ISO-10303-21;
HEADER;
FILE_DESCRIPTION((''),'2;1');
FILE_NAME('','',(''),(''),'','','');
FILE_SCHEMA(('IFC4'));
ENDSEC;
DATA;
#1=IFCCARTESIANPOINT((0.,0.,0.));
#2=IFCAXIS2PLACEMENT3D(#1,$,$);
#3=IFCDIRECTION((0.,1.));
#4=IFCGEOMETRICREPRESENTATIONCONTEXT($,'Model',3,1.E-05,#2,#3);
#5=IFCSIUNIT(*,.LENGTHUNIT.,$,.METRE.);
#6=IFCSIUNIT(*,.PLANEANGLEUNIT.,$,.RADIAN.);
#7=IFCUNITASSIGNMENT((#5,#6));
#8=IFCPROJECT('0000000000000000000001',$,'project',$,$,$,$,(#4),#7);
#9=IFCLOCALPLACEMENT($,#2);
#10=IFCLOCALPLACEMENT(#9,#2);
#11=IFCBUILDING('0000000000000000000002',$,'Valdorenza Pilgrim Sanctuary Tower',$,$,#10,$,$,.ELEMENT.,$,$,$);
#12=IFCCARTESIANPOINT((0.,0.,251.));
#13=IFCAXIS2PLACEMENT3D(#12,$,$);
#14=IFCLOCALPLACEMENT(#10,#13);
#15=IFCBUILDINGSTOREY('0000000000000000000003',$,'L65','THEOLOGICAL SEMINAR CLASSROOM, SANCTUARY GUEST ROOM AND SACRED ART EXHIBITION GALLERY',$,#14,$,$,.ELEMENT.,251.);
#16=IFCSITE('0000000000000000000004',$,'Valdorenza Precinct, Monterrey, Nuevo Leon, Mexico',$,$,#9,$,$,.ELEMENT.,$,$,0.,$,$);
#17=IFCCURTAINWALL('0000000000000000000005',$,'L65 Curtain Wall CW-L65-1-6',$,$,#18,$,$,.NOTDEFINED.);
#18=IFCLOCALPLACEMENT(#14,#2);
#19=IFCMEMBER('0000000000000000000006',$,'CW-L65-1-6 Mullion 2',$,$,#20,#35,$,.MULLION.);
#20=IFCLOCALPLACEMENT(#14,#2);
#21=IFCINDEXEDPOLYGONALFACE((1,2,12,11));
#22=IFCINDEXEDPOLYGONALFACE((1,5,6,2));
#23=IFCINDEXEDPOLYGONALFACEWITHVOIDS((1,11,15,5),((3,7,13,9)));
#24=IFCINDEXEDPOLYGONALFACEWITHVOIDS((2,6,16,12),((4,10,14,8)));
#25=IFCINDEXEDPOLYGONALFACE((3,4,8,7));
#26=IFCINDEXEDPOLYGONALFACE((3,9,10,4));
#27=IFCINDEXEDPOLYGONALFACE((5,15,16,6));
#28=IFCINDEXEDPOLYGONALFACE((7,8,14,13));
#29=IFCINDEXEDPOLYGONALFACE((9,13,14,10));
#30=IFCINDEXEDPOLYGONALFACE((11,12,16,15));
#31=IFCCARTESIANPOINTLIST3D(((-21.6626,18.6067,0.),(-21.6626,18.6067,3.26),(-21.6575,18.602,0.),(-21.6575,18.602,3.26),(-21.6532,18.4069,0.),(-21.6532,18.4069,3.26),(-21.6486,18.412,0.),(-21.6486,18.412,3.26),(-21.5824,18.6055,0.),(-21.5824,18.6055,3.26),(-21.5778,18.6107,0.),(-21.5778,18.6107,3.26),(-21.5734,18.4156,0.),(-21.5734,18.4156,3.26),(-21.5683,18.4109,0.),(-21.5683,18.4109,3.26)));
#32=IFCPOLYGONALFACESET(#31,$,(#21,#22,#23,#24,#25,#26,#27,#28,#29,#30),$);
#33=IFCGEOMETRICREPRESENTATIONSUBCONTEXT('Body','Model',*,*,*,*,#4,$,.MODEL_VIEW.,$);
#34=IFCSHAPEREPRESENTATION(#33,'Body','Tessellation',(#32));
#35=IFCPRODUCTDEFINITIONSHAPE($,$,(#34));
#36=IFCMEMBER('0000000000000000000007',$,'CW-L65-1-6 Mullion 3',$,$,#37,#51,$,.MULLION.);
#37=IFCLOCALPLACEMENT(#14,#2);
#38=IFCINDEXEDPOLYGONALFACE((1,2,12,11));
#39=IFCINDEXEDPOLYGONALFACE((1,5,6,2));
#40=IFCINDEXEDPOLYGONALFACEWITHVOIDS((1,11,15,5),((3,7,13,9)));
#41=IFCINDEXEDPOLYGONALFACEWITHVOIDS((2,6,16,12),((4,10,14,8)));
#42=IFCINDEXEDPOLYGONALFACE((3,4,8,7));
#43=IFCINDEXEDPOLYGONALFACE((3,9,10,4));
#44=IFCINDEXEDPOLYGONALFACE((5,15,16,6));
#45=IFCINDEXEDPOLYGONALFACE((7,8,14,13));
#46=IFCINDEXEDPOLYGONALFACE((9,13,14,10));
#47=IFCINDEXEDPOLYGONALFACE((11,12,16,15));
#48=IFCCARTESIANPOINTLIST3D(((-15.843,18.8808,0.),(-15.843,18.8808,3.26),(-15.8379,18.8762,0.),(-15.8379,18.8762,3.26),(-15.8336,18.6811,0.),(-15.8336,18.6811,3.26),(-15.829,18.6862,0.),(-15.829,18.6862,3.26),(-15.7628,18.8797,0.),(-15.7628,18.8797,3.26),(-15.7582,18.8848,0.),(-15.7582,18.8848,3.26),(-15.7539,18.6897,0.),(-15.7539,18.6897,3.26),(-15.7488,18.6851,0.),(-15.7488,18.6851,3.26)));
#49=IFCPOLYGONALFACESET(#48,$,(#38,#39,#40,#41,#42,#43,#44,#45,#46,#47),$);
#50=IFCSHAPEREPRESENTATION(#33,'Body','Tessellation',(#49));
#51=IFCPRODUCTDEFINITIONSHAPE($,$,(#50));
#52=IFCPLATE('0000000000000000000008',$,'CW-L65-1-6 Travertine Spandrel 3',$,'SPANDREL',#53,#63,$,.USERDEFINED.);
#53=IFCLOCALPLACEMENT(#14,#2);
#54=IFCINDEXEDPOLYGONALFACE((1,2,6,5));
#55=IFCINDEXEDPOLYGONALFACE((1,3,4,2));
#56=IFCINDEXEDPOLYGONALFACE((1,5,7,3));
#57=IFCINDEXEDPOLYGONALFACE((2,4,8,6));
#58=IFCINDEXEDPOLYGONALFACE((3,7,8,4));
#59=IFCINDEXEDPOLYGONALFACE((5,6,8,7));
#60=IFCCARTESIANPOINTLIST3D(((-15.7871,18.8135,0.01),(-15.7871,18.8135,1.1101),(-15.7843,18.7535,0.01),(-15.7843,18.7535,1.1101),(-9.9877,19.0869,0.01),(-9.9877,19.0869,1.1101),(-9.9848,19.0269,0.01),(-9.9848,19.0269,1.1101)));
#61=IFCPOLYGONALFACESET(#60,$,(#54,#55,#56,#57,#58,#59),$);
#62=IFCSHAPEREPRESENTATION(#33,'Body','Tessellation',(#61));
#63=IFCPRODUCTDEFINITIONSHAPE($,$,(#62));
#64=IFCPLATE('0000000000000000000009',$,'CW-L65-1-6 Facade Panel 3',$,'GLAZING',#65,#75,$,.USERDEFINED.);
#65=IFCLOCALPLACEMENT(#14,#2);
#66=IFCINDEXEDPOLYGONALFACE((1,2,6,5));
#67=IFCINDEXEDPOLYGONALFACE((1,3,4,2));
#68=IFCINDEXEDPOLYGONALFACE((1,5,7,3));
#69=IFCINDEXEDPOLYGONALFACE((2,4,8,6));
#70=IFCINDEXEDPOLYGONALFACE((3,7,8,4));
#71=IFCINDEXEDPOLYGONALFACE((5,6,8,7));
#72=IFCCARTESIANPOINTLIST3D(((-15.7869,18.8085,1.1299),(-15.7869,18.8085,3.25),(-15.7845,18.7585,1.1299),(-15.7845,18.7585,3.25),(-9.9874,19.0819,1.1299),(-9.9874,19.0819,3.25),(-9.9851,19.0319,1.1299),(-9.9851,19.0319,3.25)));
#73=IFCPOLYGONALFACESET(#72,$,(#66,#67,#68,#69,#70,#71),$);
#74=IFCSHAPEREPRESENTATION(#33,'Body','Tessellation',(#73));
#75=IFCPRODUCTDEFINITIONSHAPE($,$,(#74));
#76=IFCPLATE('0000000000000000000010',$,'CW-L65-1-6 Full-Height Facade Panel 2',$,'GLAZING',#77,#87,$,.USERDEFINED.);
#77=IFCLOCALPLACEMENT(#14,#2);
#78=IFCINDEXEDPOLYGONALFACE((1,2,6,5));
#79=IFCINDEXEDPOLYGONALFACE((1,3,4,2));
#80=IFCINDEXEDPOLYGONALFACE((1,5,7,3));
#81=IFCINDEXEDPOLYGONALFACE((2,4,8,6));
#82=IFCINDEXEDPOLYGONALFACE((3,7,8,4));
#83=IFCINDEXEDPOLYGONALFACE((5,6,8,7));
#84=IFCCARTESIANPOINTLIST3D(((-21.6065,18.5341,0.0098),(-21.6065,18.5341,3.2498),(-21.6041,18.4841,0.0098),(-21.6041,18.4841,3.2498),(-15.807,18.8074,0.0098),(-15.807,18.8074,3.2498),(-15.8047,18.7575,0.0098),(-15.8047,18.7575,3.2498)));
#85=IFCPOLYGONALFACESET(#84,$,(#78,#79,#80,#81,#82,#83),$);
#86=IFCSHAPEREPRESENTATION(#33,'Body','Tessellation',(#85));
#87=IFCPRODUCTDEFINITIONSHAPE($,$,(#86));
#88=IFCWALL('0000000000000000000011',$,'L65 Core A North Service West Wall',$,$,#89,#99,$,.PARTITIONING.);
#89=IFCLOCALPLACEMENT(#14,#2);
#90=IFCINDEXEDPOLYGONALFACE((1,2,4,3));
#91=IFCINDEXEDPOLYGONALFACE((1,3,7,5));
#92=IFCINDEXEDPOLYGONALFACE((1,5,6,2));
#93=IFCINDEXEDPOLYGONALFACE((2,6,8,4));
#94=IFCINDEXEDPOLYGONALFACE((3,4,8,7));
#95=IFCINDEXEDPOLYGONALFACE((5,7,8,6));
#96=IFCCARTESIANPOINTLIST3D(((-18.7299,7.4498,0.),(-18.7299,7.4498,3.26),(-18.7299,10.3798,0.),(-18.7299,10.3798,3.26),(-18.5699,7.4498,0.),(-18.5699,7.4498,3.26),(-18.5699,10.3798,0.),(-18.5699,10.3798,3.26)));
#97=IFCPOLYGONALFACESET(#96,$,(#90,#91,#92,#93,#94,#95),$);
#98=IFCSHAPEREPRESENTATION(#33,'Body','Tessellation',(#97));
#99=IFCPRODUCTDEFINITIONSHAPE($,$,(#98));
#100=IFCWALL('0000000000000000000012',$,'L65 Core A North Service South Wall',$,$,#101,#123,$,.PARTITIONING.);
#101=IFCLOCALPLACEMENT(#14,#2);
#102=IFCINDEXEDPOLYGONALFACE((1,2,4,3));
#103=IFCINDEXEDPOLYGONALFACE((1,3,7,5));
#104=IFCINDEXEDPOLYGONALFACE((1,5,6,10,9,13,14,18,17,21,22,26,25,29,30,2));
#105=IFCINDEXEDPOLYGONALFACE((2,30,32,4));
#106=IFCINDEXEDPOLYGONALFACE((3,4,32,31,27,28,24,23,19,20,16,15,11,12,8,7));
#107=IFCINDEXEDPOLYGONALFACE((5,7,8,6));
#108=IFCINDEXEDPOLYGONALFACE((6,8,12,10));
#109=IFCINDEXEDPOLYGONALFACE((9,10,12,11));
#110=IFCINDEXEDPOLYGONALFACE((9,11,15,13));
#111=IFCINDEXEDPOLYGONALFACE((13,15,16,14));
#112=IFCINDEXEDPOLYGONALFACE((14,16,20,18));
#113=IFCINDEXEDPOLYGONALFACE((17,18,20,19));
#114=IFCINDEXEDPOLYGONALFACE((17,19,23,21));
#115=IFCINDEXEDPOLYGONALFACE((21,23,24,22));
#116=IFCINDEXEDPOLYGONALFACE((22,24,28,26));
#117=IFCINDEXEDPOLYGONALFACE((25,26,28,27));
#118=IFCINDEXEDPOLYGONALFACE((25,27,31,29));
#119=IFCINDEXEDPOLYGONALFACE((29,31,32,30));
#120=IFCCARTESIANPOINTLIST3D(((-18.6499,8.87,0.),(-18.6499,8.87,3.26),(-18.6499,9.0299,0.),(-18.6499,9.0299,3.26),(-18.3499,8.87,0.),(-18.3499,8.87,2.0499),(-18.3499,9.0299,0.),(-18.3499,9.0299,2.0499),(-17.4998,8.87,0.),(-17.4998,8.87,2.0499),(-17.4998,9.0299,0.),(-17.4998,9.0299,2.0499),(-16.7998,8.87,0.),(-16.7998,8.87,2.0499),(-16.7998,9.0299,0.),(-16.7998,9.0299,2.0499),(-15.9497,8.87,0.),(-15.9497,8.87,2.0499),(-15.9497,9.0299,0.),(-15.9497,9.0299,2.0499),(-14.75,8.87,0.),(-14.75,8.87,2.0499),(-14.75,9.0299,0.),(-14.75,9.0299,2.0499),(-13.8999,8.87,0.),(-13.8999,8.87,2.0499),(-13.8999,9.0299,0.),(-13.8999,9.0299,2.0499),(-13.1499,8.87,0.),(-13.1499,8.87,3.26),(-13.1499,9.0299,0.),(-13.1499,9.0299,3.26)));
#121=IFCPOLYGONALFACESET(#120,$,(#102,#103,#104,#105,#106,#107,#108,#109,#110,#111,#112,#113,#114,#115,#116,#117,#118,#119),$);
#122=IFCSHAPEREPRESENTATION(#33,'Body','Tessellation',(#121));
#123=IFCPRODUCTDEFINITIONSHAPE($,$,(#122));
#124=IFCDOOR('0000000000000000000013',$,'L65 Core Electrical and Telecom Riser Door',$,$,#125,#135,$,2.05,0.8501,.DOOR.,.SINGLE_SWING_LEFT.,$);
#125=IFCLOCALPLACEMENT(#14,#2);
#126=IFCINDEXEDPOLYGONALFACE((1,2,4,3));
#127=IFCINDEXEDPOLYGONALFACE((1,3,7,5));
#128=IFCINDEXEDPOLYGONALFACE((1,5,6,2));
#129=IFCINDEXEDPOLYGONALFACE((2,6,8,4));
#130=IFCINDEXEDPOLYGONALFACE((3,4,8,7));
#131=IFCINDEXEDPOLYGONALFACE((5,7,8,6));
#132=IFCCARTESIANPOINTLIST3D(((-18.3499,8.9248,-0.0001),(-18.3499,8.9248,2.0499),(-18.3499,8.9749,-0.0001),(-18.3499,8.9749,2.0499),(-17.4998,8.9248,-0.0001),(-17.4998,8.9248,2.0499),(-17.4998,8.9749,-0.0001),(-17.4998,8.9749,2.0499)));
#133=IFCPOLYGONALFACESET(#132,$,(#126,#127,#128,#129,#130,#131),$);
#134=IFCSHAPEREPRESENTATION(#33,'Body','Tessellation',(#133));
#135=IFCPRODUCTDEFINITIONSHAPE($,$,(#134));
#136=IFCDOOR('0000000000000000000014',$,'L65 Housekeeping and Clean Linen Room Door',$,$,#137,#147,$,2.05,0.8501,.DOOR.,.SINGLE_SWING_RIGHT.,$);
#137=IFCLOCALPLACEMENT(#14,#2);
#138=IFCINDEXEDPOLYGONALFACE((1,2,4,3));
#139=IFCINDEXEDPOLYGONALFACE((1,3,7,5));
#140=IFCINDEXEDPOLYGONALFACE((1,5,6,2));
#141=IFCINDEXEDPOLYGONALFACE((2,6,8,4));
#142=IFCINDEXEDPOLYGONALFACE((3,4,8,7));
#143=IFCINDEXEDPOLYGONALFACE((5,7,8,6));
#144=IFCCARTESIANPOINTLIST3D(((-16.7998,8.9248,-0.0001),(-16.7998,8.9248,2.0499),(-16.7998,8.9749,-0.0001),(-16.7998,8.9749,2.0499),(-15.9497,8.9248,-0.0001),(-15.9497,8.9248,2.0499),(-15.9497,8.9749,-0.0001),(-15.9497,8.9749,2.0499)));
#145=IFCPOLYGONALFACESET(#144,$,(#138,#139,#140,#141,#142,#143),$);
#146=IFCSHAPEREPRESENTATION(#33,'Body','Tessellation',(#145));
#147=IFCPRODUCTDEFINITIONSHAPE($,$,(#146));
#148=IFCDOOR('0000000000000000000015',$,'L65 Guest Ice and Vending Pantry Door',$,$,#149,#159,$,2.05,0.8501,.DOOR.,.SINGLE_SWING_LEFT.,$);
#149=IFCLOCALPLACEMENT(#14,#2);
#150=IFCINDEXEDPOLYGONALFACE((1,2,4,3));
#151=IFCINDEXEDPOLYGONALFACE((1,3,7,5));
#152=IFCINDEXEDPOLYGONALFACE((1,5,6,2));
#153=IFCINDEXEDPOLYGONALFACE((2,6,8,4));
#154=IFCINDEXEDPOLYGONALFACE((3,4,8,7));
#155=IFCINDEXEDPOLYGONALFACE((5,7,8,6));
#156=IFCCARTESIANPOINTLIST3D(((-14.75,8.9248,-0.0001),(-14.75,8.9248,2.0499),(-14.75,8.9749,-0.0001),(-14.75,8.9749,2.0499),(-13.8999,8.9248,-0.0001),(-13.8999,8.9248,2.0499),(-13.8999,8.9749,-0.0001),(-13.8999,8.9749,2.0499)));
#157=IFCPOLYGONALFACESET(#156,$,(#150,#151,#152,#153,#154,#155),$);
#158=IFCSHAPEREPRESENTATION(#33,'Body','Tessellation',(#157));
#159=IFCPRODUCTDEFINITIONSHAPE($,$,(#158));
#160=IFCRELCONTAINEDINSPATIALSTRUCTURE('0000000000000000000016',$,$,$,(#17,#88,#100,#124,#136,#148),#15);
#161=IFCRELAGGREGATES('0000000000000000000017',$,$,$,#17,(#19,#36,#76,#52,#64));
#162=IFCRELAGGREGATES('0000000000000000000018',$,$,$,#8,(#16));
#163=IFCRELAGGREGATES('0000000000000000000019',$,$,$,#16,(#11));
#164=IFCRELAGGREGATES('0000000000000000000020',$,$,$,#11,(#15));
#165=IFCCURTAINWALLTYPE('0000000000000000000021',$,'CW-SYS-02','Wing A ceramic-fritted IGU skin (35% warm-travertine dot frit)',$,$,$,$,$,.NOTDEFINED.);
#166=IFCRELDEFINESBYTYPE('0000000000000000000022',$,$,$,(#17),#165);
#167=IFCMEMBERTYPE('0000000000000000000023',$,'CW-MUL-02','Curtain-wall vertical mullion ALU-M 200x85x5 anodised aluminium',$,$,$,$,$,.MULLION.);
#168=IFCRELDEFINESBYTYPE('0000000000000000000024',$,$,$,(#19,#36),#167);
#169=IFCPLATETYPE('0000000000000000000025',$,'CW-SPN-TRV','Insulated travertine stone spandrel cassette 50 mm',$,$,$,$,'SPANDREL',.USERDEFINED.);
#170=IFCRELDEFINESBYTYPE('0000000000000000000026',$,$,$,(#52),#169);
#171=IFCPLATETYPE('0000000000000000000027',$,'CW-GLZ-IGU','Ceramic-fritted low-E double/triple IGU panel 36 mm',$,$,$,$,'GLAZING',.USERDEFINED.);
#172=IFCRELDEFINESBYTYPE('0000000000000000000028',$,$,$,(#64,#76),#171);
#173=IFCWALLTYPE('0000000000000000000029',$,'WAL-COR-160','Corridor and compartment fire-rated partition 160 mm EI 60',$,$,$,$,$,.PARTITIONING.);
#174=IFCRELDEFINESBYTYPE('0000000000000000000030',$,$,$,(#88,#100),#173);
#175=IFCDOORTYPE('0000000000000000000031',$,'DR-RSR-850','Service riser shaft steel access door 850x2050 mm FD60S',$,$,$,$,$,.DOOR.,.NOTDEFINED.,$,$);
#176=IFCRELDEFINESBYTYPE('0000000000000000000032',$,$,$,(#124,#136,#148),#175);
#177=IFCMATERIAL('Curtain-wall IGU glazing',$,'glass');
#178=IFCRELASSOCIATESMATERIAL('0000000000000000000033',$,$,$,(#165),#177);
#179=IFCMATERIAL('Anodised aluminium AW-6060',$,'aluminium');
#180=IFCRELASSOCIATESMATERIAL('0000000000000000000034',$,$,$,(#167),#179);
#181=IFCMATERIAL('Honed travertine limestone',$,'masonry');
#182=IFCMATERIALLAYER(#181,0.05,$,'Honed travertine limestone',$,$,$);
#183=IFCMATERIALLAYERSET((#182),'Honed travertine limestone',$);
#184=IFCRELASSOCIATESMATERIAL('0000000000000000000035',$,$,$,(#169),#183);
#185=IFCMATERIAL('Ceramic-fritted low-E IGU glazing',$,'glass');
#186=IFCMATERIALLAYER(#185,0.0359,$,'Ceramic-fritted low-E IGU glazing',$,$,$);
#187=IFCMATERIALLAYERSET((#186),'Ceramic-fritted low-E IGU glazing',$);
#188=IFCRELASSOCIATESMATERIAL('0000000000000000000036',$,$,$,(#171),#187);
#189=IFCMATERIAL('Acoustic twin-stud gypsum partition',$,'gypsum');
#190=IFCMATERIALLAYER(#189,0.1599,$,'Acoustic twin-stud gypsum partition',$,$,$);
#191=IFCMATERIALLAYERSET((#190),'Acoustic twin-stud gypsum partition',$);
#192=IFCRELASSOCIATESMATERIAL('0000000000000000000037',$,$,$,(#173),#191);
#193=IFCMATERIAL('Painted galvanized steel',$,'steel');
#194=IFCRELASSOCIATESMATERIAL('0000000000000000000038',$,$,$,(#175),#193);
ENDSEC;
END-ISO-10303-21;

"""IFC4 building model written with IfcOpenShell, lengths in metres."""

from ifc_helpers import new_model, si_unit, direction, frame, frame_2d, origin, origin_2d, place, context, subcontext, project, spatial, rectangle, hollow_rectangle, extrude, source, transform, mapped, material, layer, layer_set, material_profile, profile_set, type_object, element, fill, aggregate, save


model = new_model("IFC4")

# Units and contexts
model_context = context("Model", 3, precision=1e-05, world=origin(), true_north=direction((0.0, 1.0)))
body_context = subcontext(model_context, "Body", "Model", "MODEL_VIEW")
ifc_project = project(units=[si_unit("LENGTHUNIT", "METRE"), si_unit("PLANEANGLEUNIT", "RADIAN")], contexts=[model_context])

# Site, building, storey
site_placement = place(None, origin())
site = spatial("IfcSite", under=ifc_project, at=site_placement, Name="Valdorenza Precinct, Monterrey, Nuevo Leon, Mexico", CompositionType="ELEMENT", RefElevation=0.0)
building_placement = place(site_placement, origin())
building = spatial("IfcBuilding", under=site, at=building_placement, Name="Valdorenza Pilgrim Sanctuary Tower", CompositionType="ELEMENT")
storey_placement = place(building_placement, frame((0.0, 0.0, 251.0)))
storey = spatial("IfcBuildingStorey", under=building, at=storey_placement, Name="L65", Description="THEOLOGICAL SEMINAR CLASSROOM, SANCTUARY GUEST ROOM AND SACRED ART EXHIBITION GALLERY", CompositionType="ELEMENT", Elevation=251.0)

# Curtain wall, members, plates
ifc_material_1 = material(Name="Curtain-wall IGU glazing", Category="glass")
curtain_wall_type = type_object("IfcCurtainWallType", Name="CW-SYS-02", Description="Wing A ceramic-fritted IGU skin (35% warm-travertine dot frit)", PredefinedType="NOTDEFINED", material=ifc_material_1)
curtain_wall_placement = place(storey_placement, origin())
curtain_wall = element("IfcCurtainWall", 1, at=curtain_wall_placement, inside=storey, type_object=curtain_wall_type, Name="L65 Curtain Wall CW-L65-1-6", PredefinedType="NOTDEFINED")
ifc_material_2 = material(Name="Anodised aluminium AW-6060", Category="aluminium")
ifc_material_profile = material_profile(ifc_material_2, hollow_rectangle(XDim=0.085, YDim=0.2, WallThickness=0.0049, at=origin_2d()), Name="ALU-M 200x85x5")
ifc_profile_set = profile_set([ifc_material_profile], Name="Anodised aluminium AW-6060")
member_type = type_object("IfcMemberType", Name="CW-MUL-02", Description="Curtain-wall vertical mullion ALU-M 200x85x5 anodised aluminium", PredefinedType="MULLION", material=ifc_profile_set)
shared_shape_1 = source(origin(), body_context, "Body", "SweptSolid", [
    extrude(hollow_rectangle(XDim=0.085, YDim=0.2, WallThickness=0.0049, at=origin_2d()), origin(), (0.0, 0.0, 1.0), 3.26),
])
member_1_placement = place(storey_placement, frame((-21.6155, 18.5088, 0.0), z_axis=(0.0, 0.0, 1.0), x_axis=(0.998891, 0.047089, 0.0)))
member_1 = element("IfcMember", 2, at=member_1_placement, type_object=member_type, Name="CW-L65-1-6 Mullion 2", PredefinedType="MULLION", context=body_context, shape_type="MappedRepresentation", body=[
    mapped(shared_shape_1, transform((0.0, 0.0, 0.0), x_axis=(1.0, 0.0, 0.0), y_axis=(0.0, 1.0, 0.0), z_axis=(0.0, 0.0, 1.0), scale=1.0)),
])
member_2_placement = place(storey_placement, frame((-15.7959, 18.783, 0.0), z_axis=(0.0, 0.0, 1.0), x_axis=(0.998891, 0.047089, 0.0)))
member_2 = element("IfcMember", 3, at=member_2_placement, type_object=member_type, Name="CW-L65-1-6 Mullion 3", PredefinedType="MULLION", context=body_context, shape_type="MappedRepresentation", body=[
    mapped(shared_shape_1, transform((0.0, 0.0, 0.0), x_axis=(1.0, 0.0, 0.0), y_axis=(0.0, 1.0, 0.0), z_axis=(0.0, 0.0, 1.0), scale=1.0)),
])
ifc_material_3 = material(Name="Honed travertine limestone", Category="masonry")
ifc_layer_1 = layer(ifc_material_3, 0.05, Name="Honed travertine limestone")
ifc_layer_set_1 = layer_set([ifc_layer_1], Name="Honed travertine limestone")
plate_type_1 = type_object("IfcPlateType", Name="CW-SPN-TRV", Description="Insulated travertine stone spandrel cassette 50 mm", ElementType="SPANDREL", PredefinedType="USERDEFINED", material=ifc_layer_set_1)
shared_shape_2 = source(origin(), body_context, "Body", "SweptSolid", [
    extrude(rectangle(XDim=5.8059, YDim=0.0601, at=origin_2d()), origin(), (0.0, 0.0, 1.0), 1.1001),
])
plate_1_placement = place(storey_placement, frame((-12.886, 18.9202, 0.01), z_axis=(0.0, 0.0, 1.0), x_axis=(0.998891, 0.047089, 0.0)))
plate_1 = element("IfcPlate", 4, at=plate_1_placement, type_object=plate_type_1, Name="CW-L65-1-6 Travertine Spandrel 3", ObjectType="SPANDREL", PredefinedType="USERDEFINED", context=body_context, shape_type="MappedRepresentation", body=[
    mapped(shared_shape_2, transform((0.0, 0.0, 0.0), x_axis=(1.0, 0.0, 0.0), y_axis=(0.0, 1.0, 0.0), z_axis=(0.0, 0.0, 1.0), scale=1.0)),
])
ifc_material_4 = material(Name="Ceramic-fritted low-E IGU glazing", Category="glass")
ifc_layer_2 = layer(ifc_material_4, 0.0359, Name="Ceramic-fritted low-E IGU glazing")
ifc_layer_set_2 = layer_set([ifc_layer_2], Name="Ceramic-fritted low-E IGU glazing")
plate_type_2 = type_object("IfcPlateType", Name="CW-GLZ-IGU", Description="Ceramic-fritted low-E double/triple IGU panel 36 mm", ElementType="GLAZING", PredefinedType="USERDEFINED", material=ifc_layer_set_2)
shared_shape_3 = source(origin(), body_context, "Body", "SweptSolid", [
    extrude(rectangle(XDim=5.8059, YDim=0.05, at=origin_2d()), origin(), (0.0, 0.0, 1.0), 2.1201),
])
plate_2_placement = place(storey_placement, frame((-12.886, 18.9202, 1.1299), z_axis=(0.0, 0.0, 1.0), x_axis=(0.998891, 0.047089, 0.0)))
plate_2 = element("IfcPlate", 5, at=plate_2_placement, type_object=plate_type_2, Name="CW-L65-1-6 Facade Panel 3", ObjectType="GLAZING", PredefinedType="USERDEFINED", context=body_context, shape_type="MappedRepresentation", body=[
    mapped(shared_shape_3, transform((0.0, 0.0, 0.0), x_axis=(1.0, 0.0, 0.0), y_axis=(0.0, 1.0, 0.0), z_axis=(0.0, 0.0, 1.0), scale=1.0)),
])
shared_shape_4 = source(origin(), body_context, "Body", "SweptSolid", [
    extrude(rectangle(XDim=5.8059, YDim=0.05, at=origin_2d()), origin(), (0.0, 0.0, 1.0), 3.24),
])
plate_3_placement = place(storey_placement, frame((-18.7056, 18.6458, 0.0098), z_axis=(0.0, 0.0, 1.0), x_axis=(0.998891, 0.047089, 0.0)))
plate_3 = element("IfcPlate", 6, at=plate_3_placement, type_object=plate_type_2, Name="CW-L65-1-6 Full-Height Facade Panel 2", ObjectType="GLAZING", PredefinedType="USERDEFINED", context=body_context, shape_type="MappedRepresentation", body=[
    mapped(shared_shape_4, transform((0.0, 0.0, 0.0), x_axis=(1.0, 0.0, 0.0), y_axis=(0.0, 1.0, 0.0), z_axis=(0.0, 0.0, 1.0), scale=1.0)),
])
aggregate(curtain_wall, [member_1, member_2, plate_3, plate_1, plate_2])

# Wall
ifc_material_5 = material(Name="Acoustic twin-stud gypsum partition", Category="gypsum")
ifc_layer_3 = layer(ifc_material_5, 0.1599, Name="Acoustic twin-stud gypsum partition")
ifc_layer_set_3 = layer_set([ifc_layer_3], Name="Acoustic twin-stud gypsum partition")
wall_type_1 = type_object("IfcWallType", Name="WAL-COR-160", Description="Corridor and compartment fire-rated partition 160 mm EI 60", PredefinedType="PARTITIONING", material=ifc_layer_set_3)
wall_1_placement = place(storey_placement, frame((-18.6499, 7.45, 0.0), z_axis=(0.0, 0.0, 1.0), x_axis=(0.0, 1.0, 0.0)))
element("IfcWall", 7, at=wall_1_placement, inside=storey, type_object=wall_type_1, Name="L65 Core A North Service West Wall", PredefinedType="PARTITIONING", context=body_context, shape_type="SweptSolid", body=[
    extrude(rectangle(XDim=2.9299, YDim=0.1599, at=frame_2d((1.4648, 0.0))), origin(), (0.0, 0.0, 1.0), 3.26),
])

# Wall, openings, doors
wall_2_placement = place(storey_placement, frame((-18.6499, 8.95, 0.0), z_axis=(0.0, 0.0, 1.0), x_axis=(1.0, 0.0, 0.0)))
wall_2 = element("IfcWall", 8, at=wall_2_placement, inside=storey, type_object=wall_type_1, Name="L65 Core A North Service South Wall", PredefinedType="PARTITIONING", context=body_context, shape_type="SweptSolid", body=[
    extrude(rectangle(XDim=5.5, YDim=0.1599, at=frame_2d((2.75, 0.0))), origin(), (0.0, 0.0, 1.0), 3.26),
])
opening_1_placement = place(wall_2_placement, frame((0.3, 0.0, 0.0)))
opening_1 = element("IfcOpeningElement", 9, at=opening_1_placement, cuts=wall_2, PredefinedType="OPENING", context=body_context, shape_type="SweptSolid", body=[
    extrude(rectangle(XDim=0.8501, YDim=2.05, at=frame_2d((0.425, 1.0249))), frame((0.0, 0.0947, 0.0), z_axis=(0.0, -1.0, 0.0), x_axis=(1.0, 0.0, 0.0)), (0.0, 0.0, 1.0), 0.1897),
])
opening_2_placement = place(wall_2_placement, frame((1.8501, 0.0, 0.0)))
opening_2 = element("IfcOpeningElement", 10, at=opening_2_placement, cuts=wall_2, PredefinedType="OPENING", context=body_context, shape_type="SweptSolid", body=[
    extrude(rectangle(XDim=0.8501, YDim=2.05, at=frame_2d((0.425, 1.0249))), frame((0.0, 0.0947, 0.0), z_axis=(0.0, -1.0, 0.0), x_axis=(1.0, 0.0, 0.0)), (0.0, 0.0, 1.0), 0.1897),
])
opening_3_placement = place(wall_2_placement, frame((3.8999, 0.0, 0.0)))
opening_3 = element("IfcOpeningElement", 11, at=opening_3_placement, cuts=wall_2, PredefinedType="OPENING", context=body_context, shape_type="SweptSolid", body=[
    extrude(rectangle(XDim=0.8501, YDim=2.05, at=frame_2d((0.425, 1.0249))), frame((0.0, 0.0947, 0.0), z_axis=(0.0, -1.0, 0.0), x_axis=(1.0, 0.0, 0.0)), (0.0, 0.0, 1.0), 0.1897),
])
ifc_material_6 = material(Name="Painted galvanized steel", Category="steel")
door_type_1 = type_object("IfcDoorType", Name="DR-RSR-850", Description="Service riser shaft steel access door 850x2050 mm FD60S", OperationType="NOTDEFINED", PredefinedType="DOOR", material=ifc_material_6)
door_1_placement = place(opening_1_placement, origin())
door_1 = element("IfcDoor", 12, at=door_1_placement, inside=storey, type_object=door_type_1, Name="L65 Core Electrical and Telecom Riser Door", OperationType="SINGLE_SWING_LEFT", OverallHeight=2.05, OverallWidth=0.8501, PredefinedType="DOOR", context=body_context, shape_type="SweptSolid", body=[
    extrude(rectangle(XDim=0.8501, YDim=2.05, at=frame_2d((0.425, 1.0249))), frame((0.0, 0.0249, 0.0), z_axis=(0.0, -1.0, 0.0), x_axis=(1.0, 0.0, 0.0)), (0.0, 0.0, 1.0), 0.05),
])
fill(opening_1, door_1)
door_2_placement = place(opening_2_placement, origin())
door_2 = element("IfcDoor", 13, at=door_2_placement, inside=storey, type_object=door_type_1, Name="L65 Housekeeping and Clean Linen Room Door", OperationType="SINGLE_SWING_RIGHT", OverallHeight=2.05, OverallWidth=0.8501, PredefinedType="DOOR", context=body_context, shape_type="SweptSolid", body=[
    extrude(rectangle(XDim=0.8501, YDim=2.05, at=frame_2d((0.425, 1.0249))), frame((0.0, 0.0249, 0.0), z_axis=(0.0, -1.0, 0.0), x_axis=(1.0, 0.0, 0.0)), (0.0, 0.0, 1.0), 0.05),
])
fill(opening_2, door_2)
door_3_placement = place(opening_3_placement, origin())
door_3 = element("IfcDoor", 14, at=door_3_placement, inside=storey, type_object=door_type_1, Name="L65 Guest Ice and Vending Pantry Door", OperationType="SINGLE_SWING_LEFT", OverallHeight=2.05, OverallWidth=0.8501, PredefinedType="DOOR", context=body_context, shape_type="SweptSolid", body=[
    extrude(rectangle(XDim=0.8501, YDim=2.05, at=frame_2d((0.425, 1.0249))), frame((0.0, 0.0249, 0.0), z_axis=(0.0, -1.0, 0.0), x_axis=(1.0, 0.0, 0.0)), (0.0, 0.0, 1.0), 0.05),
])
fill(opening_3, door_3)

save(model, "model.ifc")
